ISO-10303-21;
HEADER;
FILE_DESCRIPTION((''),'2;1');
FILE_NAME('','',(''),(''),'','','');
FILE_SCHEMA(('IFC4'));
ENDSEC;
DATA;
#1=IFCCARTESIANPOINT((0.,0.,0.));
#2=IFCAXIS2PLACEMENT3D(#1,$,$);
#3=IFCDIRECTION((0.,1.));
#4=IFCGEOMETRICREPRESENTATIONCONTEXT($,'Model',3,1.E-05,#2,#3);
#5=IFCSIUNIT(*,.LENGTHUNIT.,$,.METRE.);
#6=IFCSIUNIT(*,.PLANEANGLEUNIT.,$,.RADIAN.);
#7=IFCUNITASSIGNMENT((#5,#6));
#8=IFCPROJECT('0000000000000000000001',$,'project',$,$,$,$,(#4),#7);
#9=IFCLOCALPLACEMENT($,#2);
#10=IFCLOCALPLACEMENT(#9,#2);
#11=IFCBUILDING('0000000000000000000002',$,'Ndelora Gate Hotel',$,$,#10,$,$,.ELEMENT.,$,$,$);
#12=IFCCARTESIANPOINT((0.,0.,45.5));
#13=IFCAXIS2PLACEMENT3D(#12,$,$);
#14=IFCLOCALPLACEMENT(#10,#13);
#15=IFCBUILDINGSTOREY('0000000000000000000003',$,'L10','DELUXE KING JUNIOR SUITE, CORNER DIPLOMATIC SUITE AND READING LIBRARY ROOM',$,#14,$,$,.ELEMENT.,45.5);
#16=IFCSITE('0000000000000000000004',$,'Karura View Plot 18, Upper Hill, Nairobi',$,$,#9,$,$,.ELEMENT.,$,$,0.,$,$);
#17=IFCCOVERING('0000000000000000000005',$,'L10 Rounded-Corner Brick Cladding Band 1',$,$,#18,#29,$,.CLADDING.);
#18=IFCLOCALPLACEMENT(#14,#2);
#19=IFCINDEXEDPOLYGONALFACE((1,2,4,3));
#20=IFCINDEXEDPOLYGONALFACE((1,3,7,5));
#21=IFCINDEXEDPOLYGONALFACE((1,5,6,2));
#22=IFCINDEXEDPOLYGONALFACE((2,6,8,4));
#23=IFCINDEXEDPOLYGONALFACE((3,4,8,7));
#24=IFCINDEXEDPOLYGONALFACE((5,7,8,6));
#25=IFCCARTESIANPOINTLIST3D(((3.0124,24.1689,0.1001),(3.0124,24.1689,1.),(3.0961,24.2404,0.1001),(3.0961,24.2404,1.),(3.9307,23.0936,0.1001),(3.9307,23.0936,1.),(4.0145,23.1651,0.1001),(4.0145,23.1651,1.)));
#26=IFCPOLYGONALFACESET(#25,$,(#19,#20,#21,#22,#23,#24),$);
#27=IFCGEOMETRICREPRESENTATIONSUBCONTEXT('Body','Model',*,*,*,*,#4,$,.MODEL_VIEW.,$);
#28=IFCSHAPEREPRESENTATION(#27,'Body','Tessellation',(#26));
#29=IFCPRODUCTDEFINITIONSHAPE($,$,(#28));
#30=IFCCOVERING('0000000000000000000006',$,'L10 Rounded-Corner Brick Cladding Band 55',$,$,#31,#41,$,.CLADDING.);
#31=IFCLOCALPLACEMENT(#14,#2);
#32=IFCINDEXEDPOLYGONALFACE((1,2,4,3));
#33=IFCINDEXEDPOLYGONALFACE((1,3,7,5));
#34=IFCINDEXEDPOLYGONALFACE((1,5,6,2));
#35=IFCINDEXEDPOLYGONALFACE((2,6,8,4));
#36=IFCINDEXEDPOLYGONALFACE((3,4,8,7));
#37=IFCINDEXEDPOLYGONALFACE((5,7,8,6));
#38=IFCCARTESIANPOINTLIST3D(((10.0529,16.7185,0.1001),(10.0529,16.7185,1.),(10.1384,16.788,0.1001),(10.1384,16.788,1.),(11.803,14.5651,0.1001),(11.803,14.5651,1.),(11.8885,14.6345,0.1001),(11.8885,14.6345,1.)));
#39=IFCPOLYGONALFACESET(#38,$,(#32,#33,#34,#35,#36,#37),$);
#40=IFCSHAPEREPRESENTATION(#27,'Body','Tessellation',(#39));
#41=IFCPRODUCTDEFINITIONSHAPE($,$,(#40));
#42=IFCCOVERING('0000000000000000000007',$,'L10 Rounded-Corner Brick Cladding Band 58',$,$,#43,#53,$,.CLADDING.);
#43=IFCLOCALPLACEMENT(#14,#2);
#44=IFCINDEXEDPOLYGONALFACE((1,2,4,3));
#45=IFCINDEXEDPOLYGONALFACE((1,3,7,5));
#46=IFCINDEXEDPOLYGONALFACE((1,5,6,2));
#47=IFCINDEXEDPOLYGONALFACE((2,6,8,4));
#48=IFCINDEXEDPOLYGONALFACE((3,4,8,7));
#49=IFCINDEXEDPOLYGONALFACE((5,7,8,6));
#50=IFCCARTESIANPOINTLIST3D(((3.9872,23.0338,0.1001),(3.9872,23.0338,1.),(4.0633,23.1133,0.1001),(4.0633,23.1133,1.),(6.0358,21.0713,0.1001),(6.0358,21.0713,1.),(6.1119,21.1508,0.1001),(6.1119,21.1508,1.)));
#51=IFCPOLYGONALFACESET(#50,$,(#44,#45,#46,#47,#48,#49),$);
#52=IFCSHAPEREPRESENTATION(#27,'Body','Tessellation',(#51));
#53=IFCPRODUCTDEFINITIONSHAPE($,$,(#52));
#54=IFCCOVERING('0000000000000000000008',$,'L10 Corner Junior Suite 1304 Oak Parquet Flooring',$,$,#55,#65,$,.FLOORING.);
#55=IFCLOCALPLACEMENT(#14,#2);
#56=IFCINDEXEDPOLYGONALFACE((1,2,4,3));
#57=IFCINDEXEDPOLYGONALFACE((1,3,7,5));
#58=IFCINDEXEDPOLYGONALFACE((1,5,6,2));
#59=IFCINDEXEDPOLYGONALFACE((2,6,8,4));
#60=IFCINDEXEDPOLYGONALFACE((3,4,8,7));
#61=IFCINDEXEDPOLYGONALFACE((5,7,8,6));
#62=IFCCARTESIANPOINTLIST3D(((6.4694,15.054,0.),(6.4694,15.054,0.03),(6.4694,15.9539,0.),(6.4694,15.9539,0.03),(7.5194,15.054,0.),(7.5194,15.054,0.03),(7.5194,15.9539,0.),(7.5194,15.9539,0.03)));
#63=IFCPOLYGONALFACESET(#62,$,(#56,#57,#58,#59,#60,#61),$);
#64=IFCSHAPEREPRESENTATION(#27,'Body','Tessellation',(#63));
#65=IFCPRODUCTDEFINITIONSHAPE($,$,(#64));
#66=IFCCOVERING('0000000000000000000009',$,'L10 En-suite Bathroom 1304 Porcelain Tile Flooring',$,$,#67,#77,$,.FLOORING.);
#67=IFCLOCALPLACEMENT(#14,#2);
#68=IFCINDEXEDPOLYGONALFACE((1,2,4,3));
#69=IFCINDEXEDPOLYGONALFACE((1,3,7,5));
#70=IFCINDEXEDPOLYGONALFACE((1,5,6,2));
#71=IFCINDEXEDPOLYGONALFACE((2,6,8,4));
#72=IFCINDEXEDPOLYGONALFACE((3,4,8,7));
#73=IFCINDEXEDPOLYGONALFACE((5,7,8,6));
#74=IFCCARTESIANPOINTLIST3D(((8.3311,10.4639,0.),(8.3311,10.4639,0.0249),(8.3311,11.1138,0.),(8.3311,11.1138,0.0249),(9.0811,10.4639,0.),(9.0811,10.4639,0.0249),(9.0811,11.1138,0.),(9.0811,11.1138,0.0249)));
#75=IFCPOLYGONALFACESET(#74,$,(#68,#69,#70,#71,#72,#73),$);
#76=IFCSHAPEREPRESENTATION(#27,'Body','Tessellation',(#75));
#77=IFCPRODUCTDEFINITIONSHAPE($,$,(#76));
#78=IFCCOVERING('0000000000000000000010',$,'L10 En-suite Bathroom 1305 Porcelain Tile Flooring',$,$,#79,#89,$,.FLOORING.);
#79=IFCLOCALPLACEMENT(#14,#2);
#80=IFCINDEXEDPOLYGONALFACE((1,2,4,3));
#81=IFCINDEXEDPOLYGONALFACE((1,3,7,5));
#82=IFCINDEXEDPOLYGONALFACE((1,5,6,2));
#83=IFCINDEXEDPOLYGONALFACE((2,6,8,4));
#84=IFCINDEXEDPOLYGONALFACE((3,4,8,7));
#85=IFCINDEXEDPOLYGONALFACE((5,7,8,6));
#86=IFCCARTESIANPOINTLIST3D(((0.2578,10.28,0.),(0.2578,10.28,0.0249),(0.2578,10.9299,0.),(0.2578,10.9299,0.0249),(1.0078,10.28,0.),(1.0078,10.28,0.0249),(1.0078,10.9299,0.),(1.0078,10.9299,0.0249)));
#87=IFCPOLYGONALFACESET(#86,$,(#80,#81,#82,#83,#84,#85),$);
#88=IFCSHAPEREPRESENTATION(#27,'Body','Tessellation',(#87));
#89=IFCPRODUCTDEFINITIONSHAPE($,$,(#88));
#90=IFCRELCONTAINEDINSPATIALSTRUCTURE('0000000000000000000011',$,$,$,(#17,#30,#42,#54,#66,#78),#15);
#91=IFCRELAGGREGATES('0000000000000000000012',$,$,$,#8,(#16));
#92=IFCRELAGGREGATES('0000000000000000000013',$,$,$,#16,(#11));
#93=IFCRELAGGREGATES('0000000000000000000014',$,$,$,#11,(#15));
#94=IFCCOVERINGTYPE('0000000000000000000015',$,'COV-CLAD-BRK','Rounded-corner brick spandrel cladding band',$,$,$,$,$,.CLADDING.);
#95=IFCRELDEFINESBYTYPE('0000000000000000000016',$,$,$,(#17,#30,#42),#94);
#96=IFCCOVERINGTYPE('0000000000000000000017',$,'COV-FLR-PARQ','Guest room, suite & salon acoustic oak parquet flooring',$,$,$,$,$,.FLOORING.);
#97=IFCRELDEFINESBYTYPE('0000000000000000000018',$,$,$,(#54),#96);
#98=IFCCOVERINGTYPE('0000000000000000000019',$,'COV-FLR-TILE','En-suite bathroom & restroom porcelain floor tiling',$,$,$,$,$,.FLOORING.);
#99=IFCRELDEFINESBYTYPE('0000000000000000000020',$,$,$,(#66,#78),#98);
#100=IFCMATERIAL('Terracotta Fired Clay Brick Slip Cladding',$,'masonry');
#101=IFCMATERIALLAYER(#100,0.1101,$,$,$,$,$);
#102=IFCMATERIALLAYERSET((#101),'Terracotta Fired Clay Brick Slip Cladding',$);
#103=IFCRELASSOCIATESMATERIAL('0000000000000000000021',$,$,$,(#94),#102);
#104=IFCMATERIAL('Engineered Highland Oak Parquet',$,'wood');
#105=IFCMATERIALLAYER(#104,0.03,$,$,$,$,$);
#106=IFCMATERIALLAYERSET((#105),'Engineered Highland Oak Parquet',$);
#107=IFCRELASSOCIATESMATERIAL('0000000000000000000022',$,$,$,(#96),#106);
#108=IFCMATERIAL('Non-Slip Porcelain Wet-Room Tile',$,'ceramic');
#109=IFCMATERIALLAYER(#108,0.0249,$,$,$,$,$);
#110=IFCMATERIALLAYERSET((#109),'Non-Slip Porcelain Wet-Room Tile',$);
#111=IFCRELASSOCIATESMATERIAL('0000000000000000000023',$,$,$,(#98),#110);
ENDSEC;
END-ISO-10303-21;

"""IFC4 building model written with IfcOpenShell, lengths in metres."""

from ifc_helpers import new_model, si_unit, direction, frame, origin, origin_2d, place, context, subcontext, project, spatial, rectangle, extrude, material, layer, layer_set, type_object, element, save


model = new_model("IFC4")

# Units and contexts
model_context = context("Model", 3, precision=1e-05, world=origin(), true_north=direction((0.0, 1.0)))
body_context = subcontext(model_context, "Body", "Model", "MODEL_VIEW")
ifc_project = project(units=[si_unit("LENGTHUNIT", "METRE"), si_unit("PLANEANGLEUNIT", "RADIAN")], contexts=[model_context])

# Site, building, storey
site_placement = place(None, origin())
site = spatial("IfcSite", under=ifc_project, at=site_placement, Name="Karura View Plot 18, Upper Hill, Nairobi", CompositionType="ELEMENT", RefElevation=0.0)
building_placement = place(site_placement, origin())
building = spatial("IfcBuilding", under=site, at=building_placement, Name="Ndelora Gate Hotel", CompositionType="ELEMENT")
storey_placement = place(building_placement, frame((0.0, 0.0, 45.5)))
storey = spatial("IfcBuildingStorey", under=building, at=storey_placement, Name="L10", Description="DELUXE KING JUNIOR SUITE, CORNER DIPLOMATIC SUITE AND READING LIBRARY ROOM", CompositionType="ELEMENT", Elevation=45.5)

# Coverings
ifc_material_1 = material(Name="Terracotta Fired Clay Brick Slip Cladding", Category="masonry")
ifc_layer_1 = layer(ifc_material_1, 0.1101)
ifc_layer_set_1 = layer_set([ifc_layer_1], Name="Terracotta Fired Clay Brick Slip Cladding")
covering_type_1 = type_object("IfcCoveringType", Name="COV-CLAD-BRK", Description="Rounded-corner brick spandrel cladding band", PredefinedType="CLADDING", material=ifc_layer_set_1)
covering_1_placement = place(storey_placement, frame((3.5134, 23.667, 0.1001), z_axis=(0.0, 0.0, 1.0), x_axis=(-0.649448, 0.760406, 0.0)))
element("IfcCovering", 1, at=covering_1_placement, inside=storey, type_object=covering_type_1, Name="L10 Rounded-Corner Brick Cladding Band 1", PredefinedType="CLADDING", context=body_context, shape_type="SweptSolid", body=[
    extrude(rectangle(XDim=1.4141, YDim=0.1101, at=origin_2d()), origin(), (0.0, 0.0, 1.0), 0.8999),
])
covering_2_placement = place(storey_placement, frame((10.9707, 15.6765, 0.1001), z_axis=(0.0, 0.0, 1.0), x_axis=(-0.630676, 0.776046, 0.0)))
element("IfcCovering", 2, at=covering_2_placement, inside=storey, type_object=covering_type_1, Name="L10 Rounded-Corner Brick Cladding Band 55", PredefinedType="CLADDING", context=body_context, shape_type="SweptSolid", body=[
    extrude(rectangle(XDim=2.7749, YDim=0.1101, at=origin_2d()), origin(), (0.0, 0.0, 1.0), 0.8999),
])
covering_3_placement = place(storey_placement, frame((5.0496, 22.0923, 0.1001), z_axis=(0.0, 0.0, 1.0), x_axis=(-0.722123, 0.691765, 0.0)))
element("IfcCovering", 3, at=covering_3_placement, inside=storey, type_object=covering_type_1, Name="L10 Rounded-Corner Brick Cladding Band 58", PredefinedType="CLADDING", context=body_context, shape_type="SweptSolid", body=[
    extrude(rectangle(XDim=2.8369, YDim=0.1101, at=origin_2d()), origin(), (0.0, 0.0, 1.0), 0.8999),
])
ifc_material_2 = material(Name="Engineered Highland Oak Parquet", Category="wood")
ifc_layer_2 = layer(ifc_material_2, 0.03)
ifc_layer_set_2 = layer_set([ifc_layer_2], Name="Engineered Highland Oak Parquet")
covering_type_2 = type_object("IfcCoveringType", Name="COV-FLR-PARQ", Description="Guest room, suite & salon acoustic oak parquet flooring", PredefinedType="FLOORING", material=ifc_layer_set_2)
covering_4_placement = place(storey_placement, frame((6.9944, 15.5039, 0.0), z_axis=(0.0, 0.0, 1.0), x_axis=(1.0, 0.0, 0.0)))
element("IfcCovering", 4, at=covering_4_placement, inside=storey, type_object=covering_type_2, Name="L10 Corner Junior Suite 1304 Oak Parquet Flooring", PredefinedType="FLOORING", context=body_context, shape_type="SweptSolid", body=[
    extrude(rectangle(XDim=1.05, YDim=0.8999, at=origin_2d()), origin(), (0.0, 0.0, 1.0), 0.03),
])
ifc_material_3 = material(Name="Non-Slip Porcelain Wet-Room Tile", Category="ceramic")
ifc_layer_3 = layer(ifc_material_3, 0.0249)
ifc_layer_set_3 = layer_set([ifc_layer_3], Name="Non-Slip Porcelain Wet-Room Tile")
covering_type_3 = type_object("IfcCoveringType", Name="COV-FLR-TILE", Description="En-suite bathroom & restroom porcelain floor tiling", PredefinedType="FLOORING", material=ifc_layer_set_3)
for number, where, z_axis, x_axis, name in (
    (5, (8.7061, 10.7888, 0.0), (0.0, 0.0, 1.0), (1.0, 0.0, 0.0), "L10 En-suite Bathroom 1304 Porcelain Tile Flooring"),
    (6, (0.6328, 10.605, 0.0), (0.0, 0.0, 1.0), (1.0, 0.0, 0.0), "L10 En-suite Bathroom 1305 Porcelain Tile Flooring"),
):
    element("IfcCovering", number, at=place(storey_placement, frame(where, z_axis=z_axis, x_axis=x_axis)), inside=storey, type_object=covering_type_3, Name=name, PredefinedType="FLOORING", context=body_context, shape_type="SweptSolid", body=[
        extrude(rectangle(XDim=0.75, YDim=0.6499, at=origin_2d()), origin(), (0.0, 0.0, 1.0), 0.0249),
    ])

save(model, "model.ifc")
